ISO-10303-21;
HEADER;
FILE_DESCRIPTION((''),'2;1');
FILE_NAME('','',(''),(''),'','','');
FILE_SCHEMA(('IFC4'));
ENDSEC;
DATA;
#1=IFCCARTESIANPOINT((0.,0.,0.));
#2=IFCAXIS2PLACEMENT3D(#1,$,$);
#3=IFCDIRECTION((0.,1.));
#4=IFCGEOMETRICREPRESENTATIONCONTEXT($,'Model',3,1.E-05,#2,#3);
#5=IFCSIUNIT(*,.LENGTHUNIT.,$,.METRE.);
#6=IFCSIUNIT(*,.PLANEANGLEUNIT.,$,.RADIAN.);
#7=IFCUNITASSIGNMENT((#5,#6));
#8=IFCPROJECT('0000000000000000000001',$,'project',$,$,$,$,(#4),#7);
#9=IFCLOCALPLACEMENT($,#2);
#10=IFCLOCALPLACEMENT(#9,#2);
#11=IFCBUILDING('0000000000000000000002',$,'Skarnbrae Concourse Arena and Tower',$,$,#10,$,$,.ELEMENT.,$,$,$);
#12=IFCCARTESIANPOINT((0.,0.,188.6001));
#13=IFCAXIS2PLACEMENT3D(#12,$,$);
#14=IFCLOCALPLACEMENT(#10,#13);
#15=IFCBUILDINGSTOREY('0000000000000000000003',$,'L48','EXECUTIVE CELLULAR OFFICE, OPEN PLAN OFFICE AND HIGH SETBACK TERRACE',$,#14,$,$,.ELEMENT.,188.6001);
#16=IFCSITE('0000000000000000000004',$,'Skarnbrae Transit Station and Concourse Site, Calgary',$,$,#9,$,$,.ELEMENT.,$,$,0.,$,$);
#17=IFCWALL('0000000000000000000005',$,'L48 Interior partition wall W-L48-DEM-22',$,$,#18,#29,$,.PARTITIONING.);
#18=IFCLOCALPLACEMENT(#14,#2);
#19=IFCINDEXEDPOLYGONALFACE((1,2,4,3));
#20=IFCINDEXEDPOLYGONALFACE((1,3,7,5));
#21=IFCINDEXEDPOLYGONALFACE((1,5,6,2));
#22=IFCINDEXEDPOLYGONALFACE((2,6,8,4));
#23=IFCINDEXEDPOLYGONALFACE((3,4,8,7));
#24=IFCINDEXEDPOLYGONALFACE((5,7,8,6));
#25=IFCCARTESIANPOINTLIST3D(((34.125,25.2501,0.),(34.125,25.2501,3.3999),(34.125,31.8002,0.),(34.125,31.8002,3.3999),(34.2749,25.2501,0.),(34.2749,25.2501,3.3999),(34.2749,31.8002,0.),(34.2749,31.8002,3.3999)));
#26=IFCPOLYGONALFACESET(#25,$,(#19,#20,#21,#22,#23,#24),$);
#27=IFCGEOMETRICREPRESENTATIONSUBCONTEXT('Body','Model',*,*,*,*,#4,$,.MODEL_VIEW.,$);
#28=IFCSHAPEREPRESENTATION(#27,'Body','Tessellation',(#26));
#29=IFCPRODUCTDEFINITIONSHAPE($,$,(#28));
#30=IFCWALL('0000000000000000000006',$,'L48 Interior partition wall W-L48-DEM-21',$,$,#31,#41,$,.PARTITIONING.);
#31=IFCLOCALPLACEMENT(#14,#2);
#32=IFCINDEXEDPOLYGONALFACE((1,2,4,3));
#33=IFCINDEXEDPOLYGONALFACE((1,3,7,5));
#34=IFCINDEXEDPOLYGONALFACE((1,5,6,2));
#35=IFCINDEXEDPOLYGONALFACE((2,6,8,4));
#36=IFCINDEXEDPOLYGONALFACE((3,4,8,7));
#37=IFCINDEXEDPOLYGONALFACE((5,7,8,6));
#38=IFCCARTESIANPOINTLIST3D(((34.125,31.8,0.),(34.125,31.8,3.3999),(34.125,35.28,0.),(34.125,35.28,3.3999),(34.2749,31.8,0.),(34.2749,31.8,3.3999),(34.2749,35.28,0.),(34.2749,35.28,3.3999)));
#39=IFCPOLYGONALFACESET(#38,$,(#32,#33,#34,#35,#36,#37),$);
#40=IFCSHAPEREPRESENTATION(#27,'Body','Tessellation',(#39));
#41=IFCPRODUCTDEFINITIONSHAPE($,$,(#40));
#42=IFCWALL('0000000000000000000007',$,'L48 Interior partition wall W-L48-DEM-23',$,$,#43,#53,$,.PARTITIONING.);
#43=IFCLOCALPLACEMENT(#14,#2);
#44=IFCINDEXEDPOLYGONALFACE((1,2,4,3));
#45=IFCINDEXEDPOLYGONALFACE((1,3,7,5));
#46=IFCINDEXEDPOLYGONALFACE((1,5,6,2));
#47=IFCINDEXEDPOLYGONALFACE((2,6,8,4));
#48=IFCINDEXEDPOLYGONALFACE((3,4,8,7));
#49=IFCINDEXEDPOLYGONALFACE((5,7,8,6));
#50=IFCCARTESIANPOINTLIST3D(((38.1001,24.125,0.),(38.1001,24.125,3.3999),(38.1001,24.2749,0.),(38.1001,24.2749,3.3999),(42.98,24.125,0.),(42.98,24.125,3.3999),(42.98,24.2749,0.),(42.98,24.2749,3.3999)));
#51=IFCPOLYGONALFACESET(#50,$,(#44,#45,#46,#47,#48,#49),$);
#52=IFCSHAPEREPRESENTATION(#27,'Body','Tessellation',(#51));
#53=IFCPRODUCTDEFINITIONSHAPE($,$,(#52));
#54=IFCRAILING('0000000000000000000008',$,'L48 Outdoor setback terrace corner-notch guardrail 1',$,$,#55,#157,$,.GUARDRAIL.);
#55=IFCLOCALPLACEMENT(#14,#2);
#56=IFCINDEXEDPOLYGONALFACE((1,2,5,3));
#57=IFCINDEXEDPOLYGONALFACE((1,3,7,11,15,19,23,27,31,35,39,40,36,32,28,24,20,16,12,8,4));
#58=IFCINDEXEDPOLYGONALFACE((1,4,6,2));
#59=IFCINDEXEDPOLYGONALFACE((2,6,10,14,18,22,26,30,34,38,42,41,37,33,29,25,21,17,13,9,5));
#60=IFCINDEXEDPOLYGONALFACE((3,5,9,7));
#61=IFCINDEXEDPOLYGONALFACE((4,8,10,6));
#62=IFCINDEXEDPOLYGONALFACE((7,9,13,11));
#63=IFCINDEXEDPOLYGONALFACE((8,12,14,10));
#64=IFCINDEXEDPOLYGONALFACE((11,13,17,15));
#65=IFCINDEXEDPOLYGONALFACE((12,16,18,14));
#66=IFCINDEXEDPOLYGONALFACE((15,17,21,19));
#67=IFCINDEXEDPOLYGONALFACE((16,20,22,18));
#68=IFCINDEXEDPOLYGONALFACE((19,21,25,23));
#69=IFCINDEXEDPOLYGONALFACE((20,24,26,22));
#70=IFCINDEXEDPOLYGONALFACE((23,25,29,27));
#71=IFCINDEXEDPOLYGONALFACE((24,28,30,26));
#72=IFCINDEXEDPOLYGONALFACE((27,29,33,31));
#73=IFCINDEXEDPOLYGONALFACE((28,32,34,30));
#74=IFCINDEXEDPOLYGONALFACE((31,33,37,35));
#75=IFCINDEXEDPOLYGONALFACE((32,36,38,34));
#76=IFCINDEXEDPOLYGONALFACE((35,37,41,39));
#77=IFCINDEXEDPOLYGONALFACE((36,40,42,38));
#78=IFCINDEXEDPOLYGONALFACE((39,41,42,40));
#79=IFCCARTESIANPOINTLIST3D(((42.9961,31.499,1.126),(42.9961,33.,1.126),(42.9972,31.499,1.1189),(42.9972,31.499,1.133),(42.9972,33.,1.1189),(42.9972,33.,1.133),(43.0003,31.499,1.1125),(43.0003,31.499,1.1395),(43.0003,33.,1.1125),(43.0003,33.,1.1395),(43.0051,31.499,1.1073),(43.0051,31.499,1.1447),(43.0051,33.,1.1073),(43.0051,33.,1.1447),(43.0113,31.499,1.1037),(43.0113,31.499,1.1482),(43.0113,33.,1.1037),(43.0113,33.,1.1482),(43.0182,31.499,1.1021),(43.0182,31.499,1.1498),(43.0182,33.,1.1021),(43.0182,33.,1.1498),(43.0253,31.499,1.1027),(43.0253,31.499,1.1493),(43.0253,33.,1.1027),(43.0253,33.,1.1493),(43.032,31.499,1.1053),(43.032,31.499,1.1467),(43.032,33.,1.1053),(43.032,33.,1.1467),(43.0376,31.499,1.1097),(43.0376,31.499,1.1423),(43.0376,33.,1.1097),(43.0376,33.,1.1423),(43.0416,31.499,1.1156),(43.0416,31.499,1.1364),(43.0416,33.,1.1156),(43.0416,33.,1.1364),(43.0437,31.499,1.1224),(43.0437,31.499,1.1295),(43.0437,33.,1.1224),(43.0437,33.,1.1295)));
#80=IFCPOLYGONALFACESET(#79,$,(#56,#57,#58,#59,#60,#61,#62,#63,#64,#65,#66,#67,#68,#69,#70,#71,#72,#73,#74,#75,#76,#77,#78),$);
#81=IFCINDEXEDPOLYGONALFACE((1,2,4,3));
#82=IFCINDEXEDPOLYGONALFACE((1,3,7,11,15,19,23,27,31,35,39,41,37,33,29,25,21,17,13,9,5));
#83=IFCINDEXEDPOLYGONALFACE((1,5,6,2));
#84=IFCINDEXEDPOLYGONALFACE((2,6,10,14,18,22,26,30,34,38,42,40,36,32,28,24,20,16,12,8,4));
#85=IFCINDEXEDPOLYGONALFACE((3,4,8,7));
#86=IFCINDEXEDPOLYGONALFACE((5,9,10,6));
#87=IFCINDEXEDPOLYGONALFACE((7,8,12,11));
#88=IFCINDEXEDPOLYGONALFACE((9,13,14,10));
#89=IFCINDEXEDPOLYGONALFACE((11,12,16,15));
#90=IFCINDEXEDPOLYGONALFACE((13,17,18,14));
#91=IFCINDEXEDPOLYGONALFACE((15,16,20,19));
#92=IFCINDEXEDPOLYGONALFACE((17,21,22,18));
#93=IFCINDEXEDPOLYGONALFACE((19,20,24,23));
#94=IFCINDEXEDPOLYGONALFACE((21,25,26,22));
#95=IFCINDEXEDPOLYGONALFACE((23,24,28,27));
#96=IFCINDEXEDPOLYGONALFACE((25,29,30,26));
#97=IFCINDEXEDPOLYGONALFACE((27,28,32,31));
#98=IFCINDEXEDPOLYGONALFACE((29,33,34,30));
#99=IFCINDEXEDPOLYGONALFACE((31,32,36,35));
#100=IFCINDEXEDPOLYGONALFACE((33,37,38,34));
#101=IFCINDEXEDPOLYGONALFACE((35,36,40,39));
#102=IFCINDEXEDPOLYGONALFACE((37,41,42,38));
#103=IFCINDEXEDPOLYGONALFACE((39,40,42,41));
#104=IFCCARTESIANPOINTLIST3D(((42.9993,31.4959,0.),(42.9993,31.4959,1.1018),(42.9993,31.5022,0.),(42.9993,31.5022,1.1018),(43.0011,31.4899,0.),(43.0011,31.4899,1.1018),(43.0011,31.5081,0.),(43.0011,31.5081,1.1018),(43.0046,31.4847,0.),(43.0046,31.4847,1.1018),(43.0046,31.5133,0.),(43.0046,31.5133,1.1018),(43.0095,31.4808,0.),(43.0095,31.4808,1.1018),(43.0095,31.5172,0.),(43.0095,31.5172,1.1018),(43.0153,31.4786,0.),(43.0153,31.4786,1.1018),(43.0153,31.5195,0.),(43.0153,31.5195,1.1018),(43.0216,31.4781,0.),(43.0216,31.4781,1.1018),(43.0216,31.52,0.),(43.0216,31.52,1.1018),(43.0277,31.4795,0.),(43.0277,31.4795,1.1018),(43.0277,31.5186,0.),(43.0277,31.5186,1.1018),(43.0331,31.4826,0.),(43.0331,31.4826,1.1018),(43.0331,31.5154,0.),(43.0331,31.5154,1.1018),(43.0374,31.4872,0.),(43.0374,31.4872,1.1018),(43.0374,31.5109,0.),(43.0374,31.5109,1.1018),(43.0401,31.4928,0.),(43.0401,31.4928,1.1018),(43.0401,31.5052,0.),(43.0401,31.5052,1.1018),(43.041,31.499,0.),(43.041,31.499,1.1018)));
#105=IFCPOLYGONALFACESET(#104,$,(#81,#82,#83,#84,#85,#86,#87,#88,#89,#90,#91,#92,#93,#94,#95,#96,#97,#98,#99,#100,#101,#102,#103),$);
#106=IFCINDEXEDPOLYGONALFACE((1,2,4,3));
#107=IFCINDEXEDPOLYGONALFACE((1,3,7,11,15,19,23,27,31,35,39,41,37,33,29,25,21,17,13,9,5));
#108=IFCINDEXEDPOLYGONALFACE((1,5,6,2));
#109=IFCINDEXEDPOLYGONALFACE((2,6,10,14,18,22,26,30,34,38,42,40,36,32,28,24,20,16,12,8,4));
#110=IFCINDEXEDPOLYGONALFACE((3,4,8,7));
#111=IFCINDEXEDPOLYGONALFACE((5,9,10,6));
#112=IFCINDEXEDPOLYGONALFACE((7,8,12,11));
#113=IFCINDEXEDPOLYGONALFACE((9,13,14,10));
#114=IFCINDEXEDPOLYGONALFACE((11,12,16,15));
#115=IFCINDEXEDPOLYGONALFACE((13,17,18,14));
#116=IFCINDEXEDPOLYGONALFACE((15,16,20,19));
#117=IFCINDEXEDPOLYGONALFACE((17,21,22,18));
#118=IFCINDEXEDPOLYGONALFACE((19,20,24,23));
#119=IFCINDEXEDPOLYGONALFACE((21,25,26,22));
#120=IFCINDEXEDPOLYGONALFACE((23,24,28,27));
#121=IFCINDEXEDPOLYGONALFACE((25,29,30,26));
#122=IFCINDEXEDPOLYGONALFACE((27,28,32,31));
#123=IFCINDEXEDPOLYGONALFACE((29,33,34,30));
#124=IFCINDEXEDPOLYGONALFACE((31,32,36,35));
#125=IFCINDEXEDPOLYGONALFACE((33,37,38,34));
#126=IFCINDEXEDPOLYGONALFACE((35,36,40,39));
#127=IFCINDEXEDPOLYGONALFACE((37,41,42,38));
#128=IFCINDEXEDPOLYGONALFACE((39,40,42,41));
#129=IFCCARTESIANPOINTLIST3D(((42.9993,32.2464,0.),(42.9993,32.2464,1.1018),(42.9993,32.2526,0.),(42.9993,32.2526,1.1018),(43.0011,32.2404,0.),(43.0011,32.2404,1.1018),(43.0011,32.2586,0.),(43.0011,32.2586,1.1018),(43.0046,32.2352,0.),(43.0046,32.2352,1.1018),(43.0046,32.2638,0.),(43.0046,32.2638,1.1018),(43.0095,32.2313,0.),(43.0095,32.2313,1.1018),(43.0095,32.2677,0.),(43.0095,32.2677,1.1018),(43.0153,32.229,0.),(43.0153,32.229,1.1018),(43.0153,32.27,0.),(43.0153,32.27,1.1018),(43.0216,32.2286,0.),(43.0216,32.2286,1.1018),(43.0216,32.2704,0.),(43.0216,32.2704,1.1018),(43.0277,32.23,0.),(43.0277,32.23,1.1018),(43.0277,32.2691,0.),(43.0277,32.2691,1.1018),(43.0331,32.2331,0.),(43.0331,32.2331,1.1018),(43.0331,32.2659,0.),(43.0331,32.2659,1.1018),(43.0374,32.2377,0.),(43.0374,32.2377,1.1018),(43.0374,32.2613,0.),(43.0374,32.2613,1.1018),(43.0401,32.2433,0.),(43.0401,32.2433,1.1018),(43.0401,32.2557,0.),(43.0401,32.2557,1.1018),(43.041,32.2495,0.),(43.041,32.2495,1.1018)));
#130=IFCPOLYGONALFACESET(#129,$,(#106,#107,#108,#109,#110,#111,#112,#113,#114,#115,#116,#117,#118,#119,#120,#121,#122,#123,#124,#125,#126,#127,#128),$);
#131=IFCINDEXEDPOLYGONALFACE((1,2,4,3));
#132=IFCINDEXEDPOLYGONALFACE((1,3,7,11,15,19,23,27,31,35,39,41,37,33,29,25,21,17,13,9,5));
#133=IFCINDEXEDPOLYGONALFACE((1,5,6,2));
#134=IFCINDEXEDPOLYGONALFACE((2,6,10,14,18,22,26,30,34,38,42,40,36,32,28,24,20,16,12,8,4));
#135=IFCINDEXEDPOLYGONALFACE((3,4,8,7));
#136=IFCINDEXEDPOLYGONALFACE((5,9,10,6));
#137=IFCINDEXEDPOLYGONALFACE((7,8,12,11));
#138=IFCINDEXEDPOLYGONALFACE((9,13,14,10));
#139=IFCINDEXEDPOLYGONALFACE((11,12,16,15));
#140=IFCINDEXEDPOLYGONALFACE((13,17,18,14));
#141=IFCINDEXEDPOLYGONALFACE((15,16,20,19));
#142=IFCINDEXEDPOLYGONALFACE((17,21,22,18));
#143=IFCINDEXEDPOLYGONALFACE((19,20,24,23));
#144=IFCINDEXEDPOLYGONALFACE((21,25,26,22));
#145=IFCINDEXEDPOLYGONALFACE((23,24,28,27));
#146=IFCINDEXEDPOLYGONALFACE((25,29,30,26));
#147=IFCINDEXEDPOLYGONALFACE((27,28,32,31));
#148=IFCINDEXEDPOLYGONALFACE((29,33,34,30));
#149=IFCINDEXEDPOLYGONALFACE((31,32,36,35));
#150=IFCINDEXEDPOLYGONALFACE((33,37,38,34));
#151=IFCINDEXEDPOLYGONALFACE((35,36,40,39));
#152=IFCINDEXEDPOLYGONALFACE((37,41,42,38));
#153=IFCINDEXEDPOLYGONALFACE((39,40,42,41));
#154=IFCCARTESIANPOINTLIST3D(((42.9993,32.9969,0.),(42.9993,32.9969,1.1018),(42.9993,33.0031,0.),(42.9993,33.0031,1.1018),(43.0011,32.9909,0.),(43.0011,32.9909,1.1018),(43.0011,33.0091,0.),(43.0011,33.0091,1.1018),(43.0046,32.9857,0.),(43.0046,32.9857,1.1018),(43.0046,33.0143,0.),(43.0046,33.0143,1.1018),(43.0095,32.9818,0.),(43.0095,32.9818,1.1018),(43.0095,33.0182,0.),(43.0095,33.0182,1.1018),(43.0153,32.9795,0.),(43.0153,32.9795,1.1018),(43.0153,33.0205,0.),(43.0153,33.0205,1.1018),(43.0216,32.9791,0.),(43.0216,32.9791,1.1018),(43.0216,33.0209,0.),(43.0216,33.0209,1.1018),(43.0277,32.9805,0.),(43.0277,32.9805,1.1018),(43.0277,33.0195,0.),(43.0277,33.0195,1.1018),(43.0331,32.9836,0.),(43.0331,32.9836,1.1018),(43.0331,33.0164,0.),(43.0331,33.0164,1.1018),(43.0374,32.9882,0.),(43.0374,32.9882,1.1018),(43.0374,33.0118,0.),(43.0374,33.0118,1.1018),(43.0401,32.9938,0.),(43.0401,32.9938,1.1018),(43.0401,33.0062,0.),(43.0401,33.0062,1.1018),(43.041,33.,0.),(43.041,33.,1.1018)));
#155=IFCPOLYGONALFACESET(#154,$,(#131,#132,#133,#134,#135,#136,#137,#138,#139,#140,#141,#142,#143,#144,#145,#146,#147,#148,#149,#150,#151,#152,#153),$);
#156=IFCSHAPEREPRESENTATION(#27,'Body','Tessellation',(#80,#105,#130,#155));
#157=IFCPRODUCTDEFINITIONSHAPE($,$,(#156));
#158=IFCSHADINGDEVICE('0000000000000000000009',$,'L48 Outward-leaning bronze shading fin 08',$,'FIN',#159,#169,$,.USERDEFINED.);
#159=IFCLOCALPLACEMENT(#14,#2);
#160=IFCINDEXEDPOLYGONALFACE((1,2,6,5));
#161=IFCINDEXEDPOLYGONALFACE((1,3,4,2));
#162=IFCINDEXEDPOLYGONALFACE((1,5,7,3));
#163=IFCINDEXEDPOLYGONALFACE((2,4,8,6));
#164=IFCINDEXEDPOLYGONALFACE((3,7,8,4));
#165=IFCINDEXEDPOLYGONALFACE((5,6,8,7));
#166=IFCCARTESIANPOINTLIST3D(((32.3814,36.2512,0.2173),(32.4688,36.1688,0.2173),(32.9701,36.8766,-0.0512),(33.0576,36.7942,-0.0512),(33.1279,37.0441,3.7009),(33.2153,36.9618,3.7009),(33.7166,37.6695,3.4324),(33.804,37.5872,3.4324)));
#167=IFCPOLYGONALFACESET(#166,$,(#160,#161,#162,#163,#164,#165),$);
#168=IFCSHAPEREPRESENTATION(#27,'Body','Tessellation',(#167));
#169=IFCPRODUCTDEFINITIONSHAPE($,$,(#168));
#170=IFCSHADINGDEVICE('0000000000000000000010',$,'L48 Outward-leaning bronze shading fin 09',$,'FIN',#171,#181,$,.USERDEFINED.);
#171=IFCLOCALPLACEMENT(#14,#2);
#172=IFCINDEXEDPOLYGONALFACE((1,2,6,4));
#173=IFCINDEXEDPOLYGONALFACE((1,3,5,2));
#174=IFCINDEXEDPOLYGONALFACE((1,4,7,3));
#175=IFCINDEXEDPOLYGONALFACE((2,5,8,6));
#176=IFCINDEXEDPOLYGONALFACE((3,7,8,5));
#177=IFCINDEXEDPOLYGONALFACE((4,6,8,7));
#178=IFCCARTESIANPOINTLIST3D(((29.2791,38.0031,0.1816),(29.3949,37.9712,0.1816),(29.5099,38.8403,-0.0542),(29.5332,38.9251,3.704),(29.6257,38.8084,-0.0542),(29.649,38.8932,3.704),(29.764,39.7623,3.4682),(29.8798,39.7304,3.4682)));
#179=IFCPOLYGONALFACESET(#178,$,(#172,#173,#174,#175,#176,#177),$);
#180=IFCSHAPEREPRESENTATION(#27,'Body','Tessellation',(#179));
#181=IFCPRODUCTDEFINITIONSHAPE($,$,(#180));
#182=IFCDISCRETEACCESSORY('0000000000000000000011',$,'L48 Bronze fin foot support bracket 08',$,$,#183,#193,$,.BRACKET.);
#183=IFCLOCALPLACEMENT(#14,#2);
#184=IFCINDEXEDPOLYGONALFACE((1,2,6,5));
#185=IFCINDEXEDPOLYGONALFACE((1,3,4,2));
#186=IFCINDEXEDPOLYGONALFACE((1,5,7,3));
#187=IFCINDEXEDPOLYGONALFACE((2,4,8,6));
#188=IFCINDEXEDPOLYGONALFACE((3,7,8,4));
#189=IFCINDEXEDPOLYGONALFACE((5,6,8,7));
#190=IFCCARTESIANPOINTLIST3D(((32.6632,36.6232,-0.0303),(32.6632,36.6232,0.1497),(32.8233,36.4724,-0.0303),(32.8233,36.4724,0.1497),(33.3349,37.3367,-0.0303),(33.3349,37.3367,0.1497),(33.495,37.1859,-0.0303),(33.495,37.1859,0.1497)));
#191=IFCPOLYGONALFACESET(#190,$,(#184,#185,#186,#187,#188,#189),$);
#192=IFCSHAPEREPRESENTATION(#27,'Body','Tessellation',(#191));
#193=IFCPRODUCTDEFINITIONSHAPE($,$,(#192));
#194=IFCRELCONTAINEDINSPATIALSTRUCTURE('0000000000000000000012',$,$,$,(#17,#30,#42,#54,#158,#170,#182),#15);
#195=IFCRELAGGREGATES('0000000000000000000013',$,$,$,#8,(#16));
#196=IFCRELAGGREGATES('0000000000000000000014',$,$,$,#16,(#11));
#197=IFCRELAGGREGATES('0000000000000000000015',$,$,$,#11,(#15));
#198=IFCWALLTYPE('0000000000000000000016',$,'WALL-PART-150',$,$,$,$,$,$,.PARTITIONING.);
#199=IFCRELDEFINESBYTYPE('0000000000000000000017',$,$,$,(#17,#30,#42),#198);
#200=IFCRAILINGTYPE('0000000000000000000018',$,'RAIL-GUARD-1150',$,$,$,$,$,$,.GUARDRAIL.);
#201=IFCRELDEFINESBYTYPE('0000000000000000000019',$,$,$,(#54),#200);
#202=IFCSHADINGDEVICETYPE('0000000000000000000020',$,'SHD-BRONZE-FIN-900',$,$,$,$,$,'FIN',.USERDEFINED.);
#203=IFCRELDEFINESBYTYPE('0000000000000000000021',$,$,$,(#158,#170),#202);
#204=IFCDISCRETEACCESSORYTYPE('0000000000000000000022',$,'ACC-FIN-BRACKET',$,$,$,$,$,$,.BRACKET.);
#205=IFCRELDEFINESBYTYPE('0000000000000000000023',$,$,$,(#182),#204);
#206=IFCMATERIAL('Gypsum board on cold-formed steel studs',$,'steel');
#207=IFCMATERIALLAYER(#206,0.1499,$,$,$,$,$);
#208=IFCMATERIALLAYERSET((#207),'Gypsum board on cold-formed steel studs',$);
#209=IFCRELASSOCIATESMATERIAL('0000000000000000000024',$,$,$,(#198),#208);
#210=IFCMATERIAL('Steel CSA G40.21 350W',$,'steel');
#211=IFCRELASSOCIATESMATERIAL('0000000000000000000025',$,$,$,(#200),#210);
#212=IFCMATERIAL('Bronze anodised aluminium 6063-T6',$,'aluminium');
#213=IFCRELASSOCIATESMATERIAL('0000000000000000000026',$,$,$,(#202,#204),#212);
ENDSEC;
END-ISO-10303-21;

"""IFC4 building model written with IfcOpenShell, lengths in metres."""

from ifc_helpers import new_model, si_unit, direction, frame, frame_2d, origin, origin_2d, place, context, subcontext, project, spatial, rectangle, circle, extrude, source, transform, mapped, material, layer, layer_set, type_object, element, save


model = new_model("IFC4")

# Units and contexts
model_context = context("Model", 3, precision=1e-05, world=origin(), true_north=direction((0.0, 1.0)))
body_context = subcontext(model_context, "Body", "Model", "MODEL_VIEW")
ifc_project = project(units=[si_unit("LENGTHUNIT", "METRE"), si_unit("PLANEANGLEUNIT", "RADIAN")], contexts=[model_context])

# Site, building, storey
site_placement = place(None, origin())
site = spatial("IfcSite", under=ifc_project, at=site_placement, Name="Skarnbrae Transit Station and Concourse Site, Calgary", CompositionType="ELEMENT", RefElevation=0.0)
building_placement = place(site_placement, origin())
building = spatial("IfcBuilding", under=site, at=building_placement, Name="Skarnbrae Concourse Arena and Tower", CompositionType="ELEMENT")
storey_placement = place(building_placement, frame((0.0, 0.0, 188.6001)))
storey = spatial("IfcBuildingStorey", under=building, at=storey_placement, Name="L48", Description="EXECUTIVE CELLULAR OFFICE, OPEN PLAN OFFICE AND HIGH SETBACK TERRACE", CompositionType="ELEMENT", Elevation=188.6001)

# Shared definitions
ifc_material_1 = material(Name="Steel CSA G40.21 350W", Category="steel")

# Shared definitions
ifc_material_2 = material(Name="Bronze anodised aluminium 6063-T6", Category="aluminium")

# Shared definitions
ifc_material_3 = material(Name="Gypsum board on cold-formed steel studs", Category="steel")
ifc_layer_1 = layer(ifc_material_3, 0.1499)
ifc_layer_set_1 = layer_set([ifc_layer_1], Name="Gypsum board on cold-formed steel studs")
wall_type_1 = type_object("IfcWallType", Name="WALL-PART-150", PredefinedType="PARTITIONING", material=ifc_layer_set_1)

# Walls
shared_shape_1 = source(origin(), body_context, "Body", "SweptSolid", [
    extrude(rectangle(XDim=6.55, YDim=0.1499, at=frame_2d((3.2749, 0.0))), origin(), (0.0, 0.0, 1.0), 3.3999),
])
wall_1_placement = place(storey_placement, frame((34.2, 31.8, 0.0), z_axis=(0.0, 0.0, 1.0), x_axis=(0.0, -1.0, 0.0)))
element("IfcWall", 1, at=wall_1_placement, inside=storey, type_object=wall_type_1, Name="L48 Interior partition wall W-L48-DEM-22", PredefinedType="PARTITIONING", context=body_context, shape_type="MappedRepresentation", body=[
    mapped(shared_shape_1, transform((0.0, 0.0, 0.0))),
])
shared_shape_2 = source(origin(), body_context, "Body", "SweptSolid", [
    extrude(rectangle(XDim=3.48, YDim=0.1499, at=frame_2d((1.74, 0.0))), origin(), (0.0, 0.0, 1.0), 3.3999),
])
wall_2_placement = place(storey_placement, frame((34.2, 35.28, 0.0), z_axis=(0.0, 0.0, 1.0), x_axis=(0.0, -1.0, 0.0)))
element("IfcWall", 2, at=wall_2_placement, inside=storey, type_object=wall_type_1, Name="L48 Interior partition wall W-L48-DEM-21", PredefinedType="PARTITIONING", context=body_context, shape_type="MappedRepresentation", body=[
    mapped(shared_shape_2, transform((0.0, 0.0, 0.0))),
])
shared_shape_3 = source(origin(), body_context, "Body", "SweptSolid", [
    extrude(rectangle(XDim=4.8799, YDim=0.1499, at=frame_2d((2.4399, 0.0))), origin(), (0.0, 0.0, 1.0), 3.3999),
])
wall_3_placement = place(storey_placement, frame((42.98, 24.2, 0.0), z_axis=(0.0, 0.0, 1.0), x_axis=(-1.0, 0.0, 0.0)))
element("IfcWall", 3, at=wall_3_placement, inside=storey, type_object=wall_type_1, Name="L48 Interior partition wall W-L48-DEM-23", PredefinedType="PARTITIONING", context=body_context, shape_type="MappedRepresentation", body=[
    mapped(shared_shape_3, transform((0.0, 0.0, 0.0))),
])

# Railing
railing_type = type_object("IfcRailingType", Name="RAIL-GUARD-1150", PredefinedType="GUARDRAIL", material=ifc_material_1)
railing_placement = place(storey_placement, frame((43.02, 31.499, 0.0)))
element("IfcRailing", 4, at=railing_placement, inside=storey, type_object=railing_type, Name="L48 Outdoor setback terrace corner-notch guardrail 1", PredefinedType="GUARDRAIL", context=body_context, shape_type="SweptSolid", body=[
    extrude(circle(Radius=0.0239, at=origin_2d()), frame((0.0, 0.0, 1.126), z_axis=(0.0, 1.0, 0.0), x_axis=(-1.0, 0.0, 0.0)), (0.0, 0.0, 1.0), 1.501),
    extrude(circle(Radius=0.021, at=origin_2d()), origin(), (0.0, 0.0, 1.0), 1.1018),
    extrude(circle(Radius=0.021, at=origin_2d()), frame((0.0, 0.7505, 0.0)), (0.0, 0.0, 1.0), 1.1018),
    extrude(circle(Radius=0.021, at=origin_2d()), frame((0.0, 1.501, 0.0)), (0.0, 0.0, 1.0), 1.1018),
])

# Shading devices
shading_device_type = type_object("IfcShadingDeviceType", Name="SHD-BRONZE-FIN-900", ElementType="FIN", PredefinedType="USERDEFINED", material=ifc_material_2)
shared_shape_4 = source(origin(), body_context, "Body", "SweptSolid", [
    extrude(rectangle(XDim=0.1201, YDim=0.8999, at=origin_2d()), origin(), (0.0, 0.0, 1.0), 3.6499),
])
for number, where, z_axis, x_axis, name in (
    (5, (32.7195, 36.5227, 0.083), (0.204517, 0.217256, 0.954449), (0.728132, -0.685437, 0.0), "L48 Outward-leaning bronze shading fin 08"),
    (6, (29.4524, 38.4058, 0.0637), (0.069616, 0.252603, 0.965062), (0.964058, -0.265691, 0.0), "L48 Outward-leaning bronze shading fin 09"),
):
    element("IfcShadingDevice", number, at=place(storey_placement, frame(where, z_axis=z_axis, x_axis=x_axis)), inside=storey, type_object=shading_device_type, Name=name, ObjectType="FIN", PredefinedType="USERDEFINED", context=body_context, shape_type="MappedRepresentation", body=[
        mapped(shared_shape_4, transform((0.0, 0.0, 0.0))),
    ])

# Discrete accessory
discrete_accessory_type = type_object("IfcDiscreteAccessoryType", Name="ACC-FIN-BRACKET", PredefinedType="BRACKET", material=ifc_material_2)
shared_shape_5 = source(origin(), body_context, "Body", "SweptSolid", [
    extrude(rectangle(XDim=0.22, YDim=0.98, at=origin_2d()), origin(), (0.0, 0.0, 1.0), 0.1799),
])
for number, where, z_axis, x_axis, name in (
    (7, (33.0791, 36.9045, -0.0303), (0.0, 0.0, 1.0), (0.728132, -0.685437, 0.0), "L48 Bronze fin foot support bracket 08"),
):
    element("IfcDiscreteAccessory", number, at=place(storey_placement, frame(where, z_axis=z_axis, x_axis=x_axis)), inside=storey, type_object=discrete_accessory_type, Name=name, PredefinedType="BRACKET", context=body_context, shape_type="MappedRepresentation", body=[
        mapped(shared_shape_5, transform((0.0, 0.0, 0.0))),
    ])

save(model, "model.ifc")
